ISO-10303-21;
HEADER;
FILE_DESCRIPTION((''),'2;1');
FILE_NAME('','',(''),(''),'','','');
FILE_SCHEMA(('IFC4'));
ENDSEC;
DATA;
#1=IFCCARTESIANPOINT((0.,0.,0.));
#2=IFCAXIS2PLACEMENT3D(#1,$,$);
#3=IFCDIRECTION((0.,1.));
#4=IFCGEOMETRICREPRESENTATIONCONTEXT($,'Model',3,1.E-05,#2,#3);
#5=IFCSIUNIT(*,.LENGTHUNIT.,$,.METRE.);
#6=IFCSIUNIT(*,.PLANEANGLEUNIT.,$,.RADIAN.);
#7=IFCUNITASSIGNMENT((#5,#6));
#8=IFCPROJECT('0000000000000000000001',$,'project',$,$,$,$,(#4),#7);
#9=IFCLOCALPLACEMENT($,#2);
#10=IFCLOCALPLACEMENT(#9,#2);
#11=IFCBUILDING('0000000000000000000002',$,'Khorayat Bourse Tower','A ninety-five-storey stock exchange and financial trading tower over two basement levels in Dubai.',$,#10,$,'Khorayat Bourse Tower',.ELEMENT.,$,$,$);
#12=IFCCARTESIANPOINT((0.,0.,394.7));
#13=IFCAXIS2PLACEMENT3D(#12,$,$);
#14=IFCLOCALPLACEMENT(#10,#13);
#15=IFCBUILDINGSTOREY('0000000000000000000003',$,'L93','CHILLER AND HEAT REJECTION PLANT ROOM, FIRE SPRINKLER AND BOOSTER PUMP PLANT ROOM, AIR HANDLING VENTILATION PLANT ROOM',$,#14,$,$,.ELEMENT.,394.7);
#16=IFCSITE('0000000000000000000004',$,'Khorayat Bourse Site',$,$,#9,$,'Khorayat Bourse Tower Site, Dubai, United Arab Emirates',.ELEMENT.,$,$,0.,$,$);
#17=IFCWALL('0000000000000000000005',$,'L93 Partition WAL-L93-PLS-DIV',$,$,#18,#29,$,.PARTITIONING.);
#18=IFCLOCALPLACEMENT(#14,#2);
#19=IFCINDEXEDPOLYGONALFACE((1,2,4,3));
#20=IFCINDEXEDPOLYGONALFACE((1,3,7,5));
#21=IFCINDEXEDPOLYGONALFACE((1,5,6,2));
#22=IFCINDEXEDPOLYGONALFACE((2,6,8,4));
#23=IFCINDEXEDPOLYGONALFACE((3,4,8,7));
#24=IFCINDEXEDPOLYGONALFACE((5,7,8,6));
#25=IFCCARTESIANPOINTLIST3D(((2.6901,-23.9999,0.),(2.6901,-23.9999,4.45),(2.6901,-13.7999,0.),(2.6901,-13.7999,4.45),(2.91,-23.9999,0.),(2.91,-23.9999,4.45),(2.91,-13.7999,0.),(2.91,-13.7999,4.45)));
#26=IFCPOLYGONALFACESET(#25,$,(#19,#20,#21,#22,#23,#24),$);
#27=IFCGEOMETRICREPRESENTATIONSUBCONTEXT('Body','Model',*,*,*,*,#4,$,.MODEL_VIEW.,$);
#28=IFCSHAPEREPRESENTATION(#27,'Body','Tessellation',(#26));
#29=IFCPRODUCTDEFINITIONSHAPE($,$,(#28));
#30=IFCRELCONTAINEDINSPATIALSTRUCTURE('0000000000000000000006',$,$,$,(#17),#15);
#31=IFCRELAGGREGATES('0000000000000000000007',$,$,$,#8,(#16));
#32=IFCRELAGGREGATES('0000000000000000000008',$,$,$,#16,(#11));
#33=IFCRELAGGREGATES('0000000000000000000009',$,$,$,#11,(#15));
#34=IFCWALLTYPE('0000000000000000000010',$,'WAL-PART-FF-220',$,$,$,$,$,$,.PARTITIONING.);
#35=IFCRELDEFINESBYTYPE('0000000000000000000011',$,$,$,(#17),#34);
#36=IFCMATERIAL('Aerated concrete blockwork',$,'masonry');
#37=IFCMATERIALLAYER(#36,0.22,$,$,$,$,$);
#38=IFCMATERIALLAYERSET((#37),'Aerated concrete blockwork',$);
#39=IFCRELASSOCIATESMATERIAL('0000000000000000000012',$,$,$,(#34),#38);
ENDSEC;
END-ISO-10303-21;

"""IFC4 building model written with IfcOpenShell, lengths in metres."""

from ifc_helpers import new_model, si_unit, direction, frame, frame_2d, origin, place, context, subcontext, project, spatial, rectangle, extrude, source, transform, mapped, material, layer, layer_set, type_object, element, save


model = new_model("IFC4")

# Units and contexts
model_context = context("Model", 3, precision=1e-05, world=origin(), true_north=direction((0.0, 1.0)))
body_context = subcontext(model_context, "Body", "Model", "MODEL_VIEW")
ifc_project = project(units=[si_unit("LENGTHUNIT", "METRE"), si_unit("PLANEANGLEUNIT", "RADIAN")], contexts=[model_context])

# Site, building, storey
site_placement = place(None, origin())
site = spatial("IfcSite", under=ifc_project, at=site_placement, Name="Khorayat Bourse Site", LongName="Khorayat Bourse Tower Site, Dubai, United Arab Emirates", CompositionType="ELEMENT", RefElevation=0.0)
building_placement = place(site_placement, origin())
building = spatial("IfcBuilding", under=site, at=building_placement, Name="Khorayat Bourse Tower", Description="A ninety-five-storey stock exchange and financial trading tower over two basement levels in Dubai.", LongName="Khorayat Bourse Tower", CompositionType="ELEMENT")
storey_placement = place(building_placement, frame((0.0, 0.0, 394.7)))
storey = spatial("IfcBuildingStorey", under=building, at=storey_placement, Name="L93", Description="CHILLER AND HEAT REJECTION PLANT ROOM, FIRE SPRINKLER AND BOOSTER PUMP PLANT ROOM, AIR HANDLING VENTILATION PLANT ROOM", CompositionType="ELEMENT", Elevation=394.7)

# Wall
ifc_material_1 = material(Name="Aerated concrete blockwork", Category="masonry")
ifc_layer_1 = layer(ifc_material_1, 0.22)
ifc_layer_set_1 = layer_set([ifc_layer_1], Name="Aerated concrete blockwork")
wall_type_1 = type_object("IfcWallType", Name="WAL-PART-FF-220", PredefinedType="PARTITIONING", material=ifc_layer_set_1)
shared_shape_1 = source(origin(), body_context, "Body", "SweptSolid", [
    extrude(rectangle(XDim=10.2, YDim=0.22, at=frame_2d((5.1001, 0.0))), origin(), (0.0, 0.0, 1.0), 4.45),
])
wall_1_placement = place(storey_placement, frame((2.8, -24.0, 0.0), z_axis=(0.0, 0.0, 1.0), x_axis=(0.0, 1.0, 0.0)))
element("IfcWall", 1, at=wall_1_placement, inside=storey, type_object=wall_type_1, Name="L93 Partition WAL-L93-PLS-DIV", PredefinedType="PARTITIONING", context=body_context, shape_type="MappedRepresentation", body=[
    mapped(shared_shape_1, transform((0.0, 0.0, 0.0), scale=1.0)),
])

save(model, "model.ifc")
